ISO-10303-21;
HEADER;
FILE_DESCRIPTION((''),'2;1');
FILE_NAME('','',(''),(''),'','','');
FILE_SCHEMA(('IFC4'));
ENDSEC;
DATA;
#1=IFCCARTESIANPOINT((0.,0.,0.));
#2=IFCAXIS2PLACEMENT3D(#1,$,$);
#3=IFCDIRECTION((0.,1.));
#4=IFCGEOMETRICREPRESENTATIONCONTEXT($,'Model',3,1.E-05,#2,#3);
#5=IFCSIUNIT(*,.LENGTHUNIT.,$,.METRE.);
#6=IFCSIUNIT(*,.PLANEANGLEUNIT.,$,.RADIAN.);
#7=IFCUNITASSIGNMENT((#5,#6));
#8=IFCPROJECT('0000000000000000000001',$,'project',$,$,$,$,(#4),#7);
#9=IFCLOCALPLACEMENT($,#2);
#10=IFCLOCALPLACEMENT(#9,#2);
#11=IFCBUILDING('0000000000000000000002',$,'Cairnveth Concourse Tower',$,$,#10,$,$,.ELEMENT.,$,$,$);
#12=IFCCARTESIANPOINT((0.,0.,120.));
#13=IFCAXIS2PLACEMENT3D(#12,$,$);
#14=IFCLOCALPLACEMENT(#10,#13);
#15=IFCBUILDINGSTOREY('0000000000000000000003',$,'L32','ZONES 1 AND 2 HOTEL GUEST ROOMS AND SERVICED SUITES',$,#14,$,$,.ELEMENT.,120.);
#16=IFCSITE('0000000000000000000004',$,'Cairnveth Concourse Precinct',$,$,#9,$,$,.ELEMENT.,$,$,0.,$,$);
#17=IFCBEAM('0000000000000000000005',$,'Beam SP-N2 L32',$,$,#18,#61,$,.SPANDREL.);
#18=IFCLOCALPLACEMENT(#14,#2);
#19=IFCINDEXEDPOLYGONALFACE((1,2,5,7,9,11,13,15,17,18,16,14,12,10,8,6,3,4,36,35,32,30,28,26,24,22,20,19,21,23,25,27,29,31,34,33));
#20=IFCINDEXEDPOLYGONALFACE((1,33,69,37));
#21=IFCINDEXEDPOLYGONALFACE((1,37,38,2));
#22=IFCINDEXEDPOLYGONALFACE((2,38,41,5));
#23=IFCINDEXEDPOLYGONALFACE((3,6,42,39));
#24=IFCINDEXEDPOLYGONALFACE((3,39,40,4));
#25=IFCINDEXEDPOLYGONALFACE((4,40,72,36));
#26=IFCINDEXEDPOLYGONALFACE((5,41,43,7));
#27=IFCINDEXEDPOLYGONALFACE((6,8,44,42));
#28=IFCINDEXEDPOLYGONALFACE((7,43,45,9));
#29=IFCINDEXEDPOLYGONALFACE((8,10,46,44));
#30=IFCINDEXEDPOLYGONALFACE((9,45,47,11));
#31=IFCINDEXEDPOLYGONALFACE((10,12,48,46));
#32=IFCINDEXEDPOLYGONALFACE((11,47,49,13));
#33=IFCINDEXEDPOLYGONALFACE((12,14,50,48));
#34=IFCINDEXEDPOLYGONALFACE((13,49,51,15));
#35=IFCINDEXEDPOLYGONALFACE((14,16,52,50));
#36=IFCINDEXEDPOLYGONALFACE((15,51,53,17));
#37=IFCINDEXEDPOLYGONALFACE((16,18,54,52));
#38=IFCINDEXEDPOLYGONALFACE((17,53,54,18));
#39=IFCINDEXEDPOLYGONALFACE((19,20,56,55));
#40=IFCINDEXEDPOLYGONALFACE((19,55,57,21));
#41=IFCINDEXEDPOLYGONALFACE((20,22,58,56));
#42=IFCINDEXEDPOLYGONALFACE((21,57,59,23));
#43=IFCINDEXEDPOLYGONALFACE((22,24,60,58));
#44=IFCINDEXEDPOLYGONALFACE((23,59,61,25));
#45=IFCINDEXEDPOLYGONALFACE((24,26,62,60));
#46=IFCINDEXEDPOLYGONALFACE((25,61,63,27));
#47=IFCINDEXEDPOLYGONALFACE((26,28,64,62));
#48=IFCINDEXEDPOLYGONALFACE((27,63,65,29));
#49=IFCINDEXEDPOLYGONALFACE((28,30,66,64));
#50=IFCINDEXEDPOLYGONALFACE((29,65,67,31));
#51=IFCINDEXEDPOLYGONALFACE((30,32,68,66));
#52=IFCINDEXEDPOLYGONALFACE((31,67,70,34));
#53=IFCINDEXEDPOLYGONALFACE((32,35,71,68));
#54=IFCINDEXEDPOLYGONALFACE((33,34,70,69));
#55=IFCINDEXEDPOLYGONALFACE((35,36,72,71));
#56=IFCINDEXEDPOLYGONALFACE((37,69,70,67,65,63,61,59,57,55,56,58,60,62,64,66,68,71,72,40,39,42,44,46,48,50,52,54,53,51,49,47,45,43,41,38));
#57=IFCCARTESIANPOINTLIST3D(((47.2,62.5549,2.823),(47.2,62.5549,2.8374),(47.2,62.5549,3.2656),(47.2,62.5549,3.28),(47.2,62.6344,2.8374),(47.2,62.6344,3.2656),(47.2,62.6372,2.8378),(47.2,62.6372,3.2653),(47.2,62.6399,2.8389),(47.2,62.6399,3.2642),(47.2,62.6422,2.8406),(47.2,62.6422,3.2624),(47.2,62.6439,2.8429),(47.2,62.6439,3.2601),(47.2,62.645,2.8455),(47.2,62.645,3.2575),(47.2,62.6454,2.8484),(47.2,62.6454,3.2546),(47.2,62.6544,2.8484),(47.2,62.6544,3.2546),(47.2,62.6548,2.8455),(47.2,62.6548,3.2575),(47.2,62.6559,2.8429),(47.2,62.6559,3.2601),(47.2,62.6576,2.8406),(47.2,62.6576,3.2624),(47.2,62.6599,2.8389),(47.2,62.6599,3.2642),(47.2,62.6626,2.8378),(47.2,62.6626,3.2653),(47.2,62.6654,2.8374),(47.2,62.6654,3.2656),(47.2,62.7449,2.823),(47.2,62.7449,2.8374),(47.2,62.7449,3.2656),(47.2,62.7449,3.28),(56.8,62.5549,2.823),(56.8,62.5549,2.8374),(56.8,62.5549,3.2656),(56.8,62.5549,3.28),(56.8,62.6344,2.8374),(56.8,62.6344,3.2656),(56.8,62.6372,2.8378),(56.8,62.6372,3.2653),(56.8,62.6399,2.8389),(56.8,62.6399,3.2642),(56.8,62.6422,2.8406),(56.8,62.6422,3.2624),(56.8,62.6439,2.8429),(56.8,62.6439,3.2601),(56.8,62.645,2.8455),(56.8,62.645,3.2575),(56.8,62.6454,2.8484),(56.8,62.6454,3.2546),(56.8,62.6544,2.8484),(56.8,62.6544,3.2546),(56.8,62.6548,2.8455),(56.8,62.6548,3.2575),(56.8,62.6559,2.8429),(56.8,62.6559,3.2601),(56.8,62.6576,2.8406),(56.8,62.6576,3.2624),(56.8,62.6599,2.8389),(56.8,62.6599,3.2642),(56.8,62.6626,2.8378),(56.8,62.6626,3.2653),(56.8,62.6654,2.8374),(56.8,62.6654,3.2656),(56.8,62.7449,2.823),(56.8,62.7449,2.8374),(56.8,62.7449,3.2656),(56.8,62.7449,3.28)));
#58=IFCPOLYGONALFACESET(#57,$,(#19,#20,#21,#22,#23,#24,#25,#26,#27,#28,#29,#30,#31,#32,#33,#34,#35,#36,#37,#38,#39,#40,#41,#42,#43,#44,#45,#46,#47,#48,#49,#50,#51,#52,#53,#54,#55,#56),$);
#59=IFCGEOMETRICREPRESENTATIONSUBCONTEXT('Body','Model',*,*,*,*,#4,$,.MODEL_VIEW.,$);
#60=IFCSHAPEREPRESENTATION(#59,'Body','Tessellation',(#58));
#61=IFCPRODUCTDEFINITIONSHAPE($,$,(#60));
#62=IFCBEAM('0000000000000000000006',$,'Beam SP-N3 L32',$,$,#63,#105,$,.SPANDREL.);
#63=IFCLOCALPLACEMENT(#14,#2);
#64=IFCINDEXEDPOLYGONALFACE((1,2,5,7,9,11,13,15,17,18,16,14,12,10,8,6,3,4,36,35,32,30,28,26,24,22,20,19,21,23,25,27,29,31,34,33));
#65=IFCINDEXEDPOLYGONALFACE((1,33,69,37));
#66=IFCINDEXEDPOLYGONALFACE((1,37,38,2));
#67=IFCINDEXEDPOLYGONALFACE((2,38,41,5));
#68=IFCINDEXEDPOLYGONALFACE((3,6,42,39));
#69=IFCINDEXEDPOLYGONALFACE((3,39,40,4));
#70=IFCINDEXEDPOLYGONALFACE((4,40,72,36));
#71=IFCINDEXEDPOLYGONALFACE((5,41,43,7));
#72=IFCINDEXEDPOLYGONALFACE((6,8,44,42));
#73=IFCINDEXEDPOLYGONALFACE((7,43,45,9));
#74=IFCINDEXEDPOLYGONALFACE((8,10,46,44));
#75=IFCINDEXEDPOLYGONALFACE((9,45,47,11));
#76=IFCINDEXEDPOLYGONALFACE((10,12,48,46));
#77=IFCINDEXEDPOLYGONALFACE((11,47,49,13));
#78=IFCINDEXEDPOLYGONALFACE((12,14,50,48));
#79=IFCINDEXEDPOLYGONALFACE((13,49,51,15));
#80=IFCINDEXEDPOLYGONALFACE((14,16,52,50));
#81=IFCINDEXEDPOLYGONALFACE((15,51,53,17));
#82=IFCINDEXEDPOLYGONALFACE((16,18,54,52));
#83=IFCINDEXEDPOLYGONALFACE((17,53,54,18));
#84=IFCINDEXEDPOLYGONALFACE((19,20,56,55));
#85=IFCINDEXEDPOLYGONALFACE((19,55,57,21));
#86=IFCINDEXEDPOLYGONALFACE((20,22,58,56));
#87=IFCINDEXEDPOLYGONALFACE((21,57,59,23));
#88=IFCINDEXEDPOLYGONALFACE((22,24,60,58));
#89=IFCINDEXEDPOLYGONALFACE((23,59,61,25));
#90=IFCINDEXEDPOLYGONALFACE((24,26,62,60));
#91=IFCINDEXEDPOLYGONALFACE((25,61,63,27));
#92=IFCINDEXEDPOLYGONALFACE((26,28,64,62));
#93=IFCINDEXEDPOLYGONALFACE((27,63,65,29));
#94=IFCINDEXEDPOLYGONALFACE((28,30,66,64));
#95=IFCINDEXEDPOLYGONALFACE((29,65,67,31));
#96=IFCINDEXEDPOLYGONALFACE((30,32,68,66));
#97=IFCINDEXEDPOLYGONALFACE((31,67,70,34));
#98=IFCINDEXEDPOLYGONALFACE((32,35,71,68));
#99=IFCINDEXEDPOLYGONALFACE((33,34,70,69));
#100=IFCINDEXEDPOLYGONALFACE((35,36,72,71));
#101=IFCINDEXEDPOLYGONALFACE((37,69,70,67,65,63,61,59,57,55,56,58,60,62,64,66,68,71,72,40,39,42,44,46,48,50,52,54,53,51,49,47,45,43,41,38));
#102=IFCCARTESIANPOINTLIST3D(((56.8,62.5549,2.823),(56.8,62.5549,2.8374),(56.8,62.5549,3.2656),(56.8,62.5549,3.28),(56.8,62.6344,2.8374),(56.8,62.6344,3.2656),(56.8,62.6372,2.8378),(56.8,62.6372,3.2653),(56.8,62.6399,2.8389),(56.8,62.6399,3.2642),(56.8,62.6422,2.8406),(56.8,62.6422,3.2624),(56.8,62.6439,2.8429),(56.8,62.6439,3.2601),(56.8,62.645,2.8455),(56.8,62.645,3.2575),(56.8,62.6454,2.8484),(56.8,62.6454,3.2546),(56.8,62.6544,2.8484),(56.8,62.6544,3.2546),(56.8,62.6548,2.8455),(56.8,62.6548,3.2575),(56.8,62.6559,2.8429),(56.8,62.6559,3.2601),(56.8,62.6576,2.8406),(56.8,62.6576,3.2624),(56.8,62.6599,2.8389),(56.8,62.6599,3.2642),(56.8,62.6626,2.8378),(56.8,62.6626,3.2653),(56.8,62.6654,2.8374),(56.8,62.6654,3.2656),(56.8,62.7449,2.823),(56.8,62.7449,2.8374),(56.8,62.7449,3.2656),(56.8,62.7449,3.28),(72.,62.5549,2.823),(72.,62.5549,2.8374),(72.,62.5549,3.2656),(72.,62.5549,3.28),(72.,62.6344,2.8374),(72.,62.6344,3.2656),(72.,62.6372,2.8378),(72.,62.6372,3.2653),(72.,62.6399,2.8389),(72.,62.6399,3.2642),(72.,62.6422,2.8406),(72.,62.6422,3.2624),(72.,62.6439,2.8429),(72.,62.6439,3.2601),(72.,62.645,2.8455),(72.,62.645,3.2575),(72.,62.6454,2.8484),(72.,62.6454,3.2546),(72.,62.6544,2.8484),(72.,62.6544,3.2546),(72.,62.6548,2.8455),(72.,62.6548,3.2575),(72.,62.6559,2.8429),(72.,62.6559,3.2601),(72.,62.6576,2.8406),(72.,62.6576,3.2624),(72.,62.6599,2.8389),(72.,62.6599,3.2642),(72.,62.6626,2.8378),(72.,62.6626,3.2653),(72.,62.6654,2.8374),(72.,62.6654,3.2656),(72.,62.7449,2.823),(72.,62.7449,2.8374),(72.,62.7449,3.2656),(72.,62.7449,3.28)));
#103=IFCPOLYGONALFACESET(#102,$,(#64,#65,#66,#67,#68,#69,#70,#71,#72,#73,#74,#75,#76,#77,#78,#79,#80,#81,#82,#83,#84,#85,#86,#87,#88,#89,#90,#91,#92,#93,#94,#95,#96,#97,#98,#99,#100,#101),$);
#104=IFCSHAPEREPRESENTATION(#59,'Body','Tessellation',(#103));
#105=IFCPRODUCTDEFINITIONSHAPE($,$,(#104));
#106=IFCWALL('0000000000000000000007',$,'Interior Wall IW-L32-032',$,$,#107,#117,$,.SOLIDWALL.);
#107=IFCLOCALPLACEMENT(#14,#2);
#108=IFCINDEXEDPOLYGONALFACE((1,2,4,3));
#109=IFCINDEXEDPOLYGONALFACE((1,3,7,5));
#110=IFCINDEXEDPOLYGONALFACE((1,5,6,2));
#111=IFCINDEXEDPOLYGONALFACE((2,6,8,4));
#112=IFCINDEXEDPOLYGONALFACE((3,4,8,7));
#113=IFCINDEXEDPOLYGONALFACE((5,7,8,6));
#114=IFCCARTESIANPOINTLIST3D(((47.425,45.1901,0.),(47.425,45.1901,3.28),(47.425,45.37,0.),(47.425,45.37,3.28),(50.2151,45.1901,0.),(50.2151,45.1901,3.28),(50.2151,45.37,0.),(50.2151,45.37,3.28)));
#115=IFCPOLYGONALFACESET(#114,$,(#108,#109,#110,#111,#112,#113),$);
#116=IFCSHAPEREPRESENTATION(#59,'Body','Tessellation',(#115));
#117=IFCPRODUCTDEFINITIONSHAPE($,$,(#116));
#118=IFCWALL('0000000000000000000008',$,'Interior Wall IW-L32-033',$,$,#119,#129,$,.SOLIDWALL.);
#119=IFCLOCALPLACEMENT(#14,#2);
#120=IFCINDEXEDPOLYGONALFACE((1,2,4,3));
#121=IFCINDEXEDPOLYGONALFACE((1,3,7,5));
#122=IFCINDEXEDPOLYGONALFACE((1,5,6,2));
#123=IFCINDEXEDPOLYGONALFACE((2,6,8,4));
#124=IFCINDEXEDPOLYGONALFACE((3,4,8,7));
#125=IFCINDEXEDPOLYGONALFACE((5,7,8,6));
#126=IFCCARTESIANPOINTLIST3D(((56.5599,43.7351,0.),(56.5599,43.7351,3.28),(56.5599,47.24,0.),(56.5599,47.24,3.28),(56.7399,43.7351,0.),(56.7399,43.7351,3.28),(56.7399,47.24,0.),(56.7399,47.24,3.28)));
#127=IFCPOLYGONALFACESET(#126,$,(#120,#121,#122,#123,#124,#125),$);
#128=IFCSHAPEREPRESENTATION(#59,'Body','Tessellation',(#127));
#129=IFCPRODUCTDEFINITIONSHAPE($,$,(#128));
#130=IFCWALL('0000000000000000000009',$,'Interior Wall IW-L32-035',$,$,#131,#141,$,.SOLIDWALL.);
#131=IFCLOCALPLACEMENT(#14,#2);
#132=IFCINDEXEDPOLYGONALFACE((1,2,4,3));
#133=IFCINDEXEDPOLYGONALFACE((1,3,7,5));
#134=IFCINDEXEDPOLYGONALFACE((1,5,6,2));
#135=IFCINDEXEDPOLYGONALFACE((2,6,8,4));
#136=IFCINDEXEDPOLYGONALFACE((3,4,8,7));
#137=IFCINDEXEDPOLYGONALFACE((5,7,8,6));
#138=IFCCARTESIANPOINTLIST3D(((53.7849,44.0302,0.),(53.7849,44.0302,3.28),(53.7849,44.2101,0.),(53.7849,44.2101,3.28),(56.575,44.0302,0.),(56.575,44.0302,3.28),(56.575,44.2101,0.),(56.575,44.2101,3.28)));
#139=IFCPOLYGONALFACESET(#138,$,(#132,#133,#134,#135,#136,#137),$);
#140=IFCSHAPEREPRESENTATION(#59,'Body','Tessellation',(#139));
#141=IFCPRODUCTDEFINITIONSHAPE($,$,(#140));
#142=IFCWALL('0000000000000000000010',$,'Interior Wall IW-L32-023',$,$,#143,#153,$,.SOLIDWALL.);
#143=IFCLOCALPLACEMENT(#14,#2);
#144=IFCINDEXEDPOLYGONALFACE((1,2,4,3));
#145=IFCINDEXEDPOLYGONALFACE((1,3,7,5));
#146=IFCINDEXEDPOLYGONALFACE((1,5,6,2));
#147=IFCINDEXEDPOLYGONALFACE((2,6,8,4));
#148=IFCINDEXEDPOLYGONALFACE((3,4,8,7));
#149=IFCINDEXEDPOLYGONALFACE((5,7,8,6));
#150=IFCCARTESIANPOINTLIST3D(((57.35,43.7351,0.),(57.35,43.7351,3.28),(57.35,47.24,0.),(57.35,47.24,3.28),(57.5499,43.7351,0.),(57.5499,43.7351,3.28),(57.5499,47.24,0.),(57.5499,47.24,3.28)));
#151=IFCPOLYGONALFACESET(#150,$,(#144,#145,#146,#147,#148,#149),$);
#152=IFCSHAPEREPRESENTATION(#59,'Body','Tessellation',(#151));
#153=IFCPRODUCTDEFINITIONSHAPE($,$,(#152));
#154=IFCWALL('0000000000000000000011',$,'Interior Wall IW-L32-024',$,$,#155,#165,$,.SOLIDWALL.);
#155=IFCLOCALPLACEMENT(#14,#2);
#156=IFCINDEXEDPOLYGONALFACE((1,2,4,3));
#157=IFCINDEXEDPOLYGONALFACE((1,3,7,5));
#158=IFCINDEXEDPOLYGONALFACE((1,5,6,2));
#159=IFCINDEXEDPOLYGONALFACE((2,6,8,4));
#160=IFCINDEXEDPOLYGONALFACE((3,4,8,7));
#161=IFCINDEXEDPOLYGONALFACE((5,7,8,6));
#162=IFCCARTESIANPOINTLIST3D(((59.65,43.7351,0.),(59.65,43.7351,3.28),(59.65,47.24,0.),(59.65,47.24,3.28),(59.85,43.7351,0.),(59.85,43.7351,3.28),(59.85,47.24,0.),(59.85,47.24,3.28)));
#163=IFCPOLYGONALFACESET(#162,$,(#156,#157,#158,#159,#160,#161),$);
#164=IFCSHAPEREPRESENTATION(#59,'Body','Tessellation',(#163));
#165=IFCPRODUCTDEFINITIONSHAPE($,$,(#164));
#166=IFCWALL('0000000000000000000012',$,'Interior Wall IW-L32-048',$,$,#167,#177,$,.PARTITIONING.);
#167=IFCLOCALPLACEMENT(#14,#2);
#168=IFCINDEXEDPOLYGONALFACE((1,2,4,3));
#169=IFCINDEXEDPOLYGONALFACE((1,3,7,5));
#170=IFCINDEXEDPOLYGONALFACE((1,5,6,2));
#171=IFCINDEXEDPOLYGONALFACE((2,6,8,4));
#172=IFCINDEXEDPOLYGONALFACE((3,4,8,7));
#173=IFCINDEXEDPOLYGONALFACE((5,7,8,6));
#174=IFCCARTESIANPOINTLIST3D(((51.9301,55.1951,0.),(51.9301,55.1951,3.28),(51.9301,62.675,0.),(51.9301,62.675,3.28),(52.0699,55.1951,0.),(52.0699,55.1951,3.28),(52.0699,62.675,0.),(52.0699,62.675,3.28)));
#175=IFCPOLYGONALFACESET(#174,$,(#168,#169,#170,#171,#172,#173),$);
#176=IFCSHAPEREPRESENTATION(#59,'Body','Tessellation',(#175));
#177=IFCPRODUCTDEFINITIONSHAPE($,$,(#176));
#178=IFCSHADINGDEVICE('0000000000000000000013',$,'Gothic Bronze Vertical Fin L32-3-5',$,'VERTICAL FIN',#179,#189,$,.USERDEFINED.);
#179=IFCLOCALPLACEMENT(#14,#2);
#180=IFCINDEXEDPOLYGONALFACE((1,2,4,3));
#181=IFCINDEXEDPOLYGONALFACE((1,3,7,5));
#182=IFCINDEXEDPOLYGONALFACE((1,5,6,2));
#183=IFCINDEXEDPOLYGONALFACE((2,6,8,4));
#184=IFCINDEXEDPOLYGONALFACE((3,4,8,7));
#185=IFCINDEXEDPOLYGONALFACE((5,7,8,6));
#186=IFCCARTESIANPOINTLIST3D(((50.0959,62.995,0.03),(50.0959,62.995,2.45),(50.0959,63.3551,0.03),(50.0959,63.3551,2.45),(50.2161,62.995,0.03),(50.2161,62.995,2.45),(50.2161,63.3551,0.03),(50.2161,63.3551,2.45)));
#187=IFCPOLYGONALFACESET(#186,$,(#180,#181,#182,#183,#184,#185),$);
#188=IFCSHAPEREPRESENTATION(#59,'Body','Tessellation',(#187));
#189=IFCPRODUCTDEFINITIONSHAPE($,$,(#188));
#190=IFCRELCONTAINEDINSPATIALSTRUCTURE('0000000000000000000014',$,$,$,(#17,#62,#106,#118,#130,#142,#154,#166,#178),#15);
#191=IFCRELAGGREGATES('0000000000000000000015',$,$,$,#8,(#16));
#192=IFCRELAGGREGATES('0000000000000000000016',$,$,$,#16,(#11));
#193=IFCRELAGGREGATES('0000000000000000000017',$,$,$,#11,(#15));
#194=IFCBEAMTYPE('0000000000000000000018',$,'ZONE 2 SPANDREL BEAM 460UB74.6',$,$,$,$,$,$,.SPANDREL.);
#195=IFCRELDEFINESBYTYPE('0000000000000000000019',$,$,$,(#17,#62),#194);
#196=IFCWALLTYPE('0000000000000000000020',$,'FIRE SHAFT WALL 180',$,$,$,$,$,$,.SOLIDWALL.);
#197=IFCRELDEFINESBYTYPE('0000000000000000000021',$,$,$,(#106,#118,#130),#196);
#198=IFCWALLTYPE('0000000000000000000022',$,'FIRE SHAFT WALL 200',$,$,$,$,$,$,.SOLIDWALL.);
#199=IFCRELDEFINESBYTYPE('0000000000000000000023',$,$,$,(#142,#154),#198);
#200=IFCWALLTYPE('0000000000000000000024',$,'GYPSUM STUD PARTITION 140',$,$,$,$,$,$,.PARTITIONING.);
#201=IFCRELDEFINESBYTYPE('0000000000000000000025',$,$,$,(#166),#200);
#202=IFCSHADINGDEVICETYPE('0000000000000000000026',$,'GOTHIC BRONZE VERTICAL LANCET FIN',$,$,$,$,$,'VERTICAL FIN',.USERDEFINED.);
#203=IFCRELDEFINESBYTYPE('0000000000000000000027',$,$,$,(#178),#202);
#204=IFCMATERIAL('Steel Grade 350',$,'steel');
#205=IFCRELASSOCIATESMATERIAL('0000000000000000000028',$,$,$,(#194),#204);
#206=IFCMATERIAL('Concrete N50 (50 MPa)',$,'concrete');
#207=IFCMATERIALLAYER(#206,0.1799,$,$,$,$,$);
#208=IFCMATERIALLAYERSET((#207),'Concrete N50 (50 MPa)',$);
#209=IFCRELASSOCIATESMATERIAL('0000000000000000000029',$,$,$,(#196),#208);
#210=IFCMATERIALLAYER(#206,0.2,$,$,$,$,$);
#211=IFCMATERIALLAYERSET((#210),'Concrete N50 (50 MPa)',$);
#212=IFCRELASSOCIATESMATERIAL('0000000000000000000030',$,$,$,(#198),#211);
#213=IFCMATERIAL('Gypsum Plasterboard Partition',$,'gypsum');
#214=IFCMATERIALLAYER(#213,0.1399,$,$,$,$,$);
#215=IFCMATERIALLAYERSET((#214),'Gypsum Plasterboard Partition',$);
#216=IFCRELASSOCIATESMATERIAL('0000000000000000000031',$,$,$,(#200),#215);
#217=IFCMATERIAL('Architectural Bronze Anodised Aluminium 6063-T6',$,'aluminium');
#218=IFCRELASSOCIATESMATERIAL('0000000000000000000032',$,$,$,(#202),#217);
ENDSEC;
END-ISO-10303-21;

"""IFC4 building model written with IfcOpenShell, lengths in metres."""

from ifc_helpers import new_model, si_unit, direction, frame, frame_2d, origin, origin_2d, place, context, subcontext, project, spatial, rectangle, i_section, extrude, material, layer, layer_set, material_profile, profile_set, type_object, element, save


model = new_model("IFC4")

# Units and contexts
model_context = context("Model", 3, precision=1e-05, world=origin(), true_north=direction((0.0, 1.0)))
body_context = subcontext(model_context, "Body", "Model", "MODEL_VIEW")
ifc_project = project(units=[si_unit("LENGTHUNIT", "METRE"), si_unit("PLANEANGLEUNIT", "RADIAN")], contexts=[model_context])

# Site, building, storey
site_placement = place(None, origin())
site = spatial("IfcSite", under=ifc_project, at=site_placement, Name="Cairnveth Concourse Precinct", CompositionType="ELEMENT", RefElevation=0.0)
building_placement = place(site_placement, origin())
building = spatial("IfcBuilding", under=site, at=building_placement, Name="Cairnveth Concourse Tower", CompositionType="ELEMENT")
storey_placement = place(building_placement, frame((0.0, 0.0, 120.0)))
storey = spatial("IfcBuildingStorey", under=building, at=storey_placement, Name="L32", Description="ZONES 1 AND 2 HOTEL GUEST ROOMS AND SERVICED SUITES", CompositionType="ELEMENT", Elevation=120.0)

# Beams
ifc_material_1 = material(Name="Steel Grade 350", Category="steel")
ifc_material_profile_1 = material_profile(ifc_material_1, i_section(OverallWidth=0.1899, OverallDepth=0.457, WebThickness=0.009, FlangeThickness=0.0144, FilletRadius=0.011, at=origin_2d()), Name="460UB74.6")
ifc_profile_set_1 = profile_set([ifc_material_profile_1], Name="Steel Grade 350")
beam_type_1 = type_object("IfcBeamType", Name="ZONE 2 SPANDREL BEAM 460UB74.6", PredefinedType="SPANDREL", material=ifc_profile_set_1)
beam_1_placement = place(storey_placement, frame((47.2, 62.6499, 3.0515), z_axis=(1.0, 0.0, 0.0), x_axis=(0.0, 1.0, 0.0)))
element("IfcBeam", 1, at=beam_1_placement, inside=storey, type_object=beam_type_1, Name="Beam SP-N2 L32", PredefinedType="SPANDREL", context=body_context, shape_type="SweptSolid", body=[
    extrude(i_section(OverallWidth=0.1899, OverallDepth=0.457, WebThickness=0.009, FlangeThickness=0.0144, FilletRadius=0.011, at=origin_2d()), origin(), (0.0, 0.0, 1.0), 9.6001),
])
beam_2_placement = place(storey_placement, frame((56.8, 62.6499, 3.0515), z_axis=(1.0, 0.0, 0.0), x_axis=(0.0, 1.0, 0.0)))
element("IfcBeam", 2, at=beam_2_placement, inside=storey, type_object=beam_type_1, Name="Beam SP-N3 L32", PredefinedType="SPANDREL", context=body_context, shape_type="SweptSolid", body=[
    extrude(i_section(OverallWidth=0.1899, OverallDepth=0.457, WebThickness=0.009, FlangeThickness=0.0144, FilletRadius=0.011, at=origin_2d()), origin(), (0.0, 0.0, 1.0), 15.2),
])

# Walls
ifc_material_2 = material(Name="Concrete N50 (50 MPa)", Category="concrete")
ifc_layer_1 = layer(ifc_material_2, 0.1799)
ifc_layer_set_1 = layer_set([ifc_layer_1], Name="Concrete N50 (50 MPa)")
wall_type_1 = type_object("IfcWallType", Name="FIRE SHAFT WALL 180", PredefinedType="SOLIDWALL", material=ifc_layer_set_1)
wall_1_placement = place(storey_placement, frame((47.425, 45.28, 0.0), z_axis=(0.0, 0.0, 1.0), x_axis=(1.0, 0.0, 0.0)))
element("IfcWall", 3, at=wall_1_placement, inside=storey, type_object=wall_type_1, Name="Interior Wall IW-L32-032", PredefinedType="SOLIDWALL", context=body_context, shape_type="SweptSolid", body=[
    extrude(rectangle(XDim=2.79, YDim=0.1799, at=frame_2d((1.395, 0.0))), origin(), (0.0, 0.0, 1.0), 3.28),
])
wall_2_placement = place(storey_placement, frame((56.6499, 43.7351, 0.0), z_axis=(0.0, 0.0, 1.0), x_axis=(0.0, 1.0, 0.0)))
element("IfcWall", 4, at=wall_2_placement, inside=storey, type_object=wall_type_1, Name="Interior Wall IW-L32-033", PredefinedType="SOLIDWALL", context=body_context, shape_type="SweptSolid", body=[
    extrude(rectangle(XDim=3.5049, YDim=0.1799, at=frame_2d((1.7524, 0.0))), origin(), (0.0, 0.0, 1.0), 3.28),
])
wall_3_placement = place(storey_placement, frame((53.7849, 44.1201, 0.0), z_axis=(0.0, 0.0, 1.0), x_axis=(1.0, 0.0, 0.0)))
element("IfcWall", 5, at=wall_3_placement, inside=storey, type_object=wall_type_1, Name="Interior Wall IW-L32-035", PredefinedType="SOLIDWALL", context=body_context, shape_type="SweptSolid", body=[
    extrude(rectangle(XDim=2.79, YDim=0.1799, at=frame_2d((1.395, 0.0))), origin(), (0.0, 0.0, 1.0), 3.28),
])
ifc_layer_2 = layer(ifc_material_2, 0.2)
ifc_layer_set_2 = layer_set([ifc_layer_2], Name="Concrete N50 (50 MPa)")
wall_type_2 = type_object("IfcWallType", Name="FIRE SHAFT WALL 200", PredefinedType="SOLIDWALL", material=ifc_layer_set_2)
for number, where, z_axis, x_axis, name in (
    (6, (57.45, 43.7351, 0.0), (0.0, 0.0, 1.0), (0.0, 1.0, 0.0), "Interior Wall IW-L32-023"),
    (7, (59.75, 43.7351, 0.0), (0.0, 0.0, 1.0), (0.0, 1.0, 0.0), "Interior Wall IW-L32-024"),
):
    element("IfcWall", number, at=place(storey_placement, frame(where, z_axis=z_axis, x_axis=x_axis)), inside=storey, type_object=wall_type_2, Name=name, PredefinedType="SOLIDWALL", context=body_context, shape_type="SweptSolid", body=[
        extrude(rectangle(XDim=3.5049, YDim=0.2, at=frame_2d((1.7524, 0.0))), origin(), (0.0, 0.0, 1.0), 3.28),
    ])
ifc_material_3 = material(Name="Gypsum Plasterboard Partition", Category="gypsum")
ifc_layer_3 = layer(ifc_material_3, 0.1399)
ifc_layer_set_3 = layer_set([ifc_layer_3], Name="Gypsum Plasterboard Partition")
wall_type_3 = type_object("IfcWallType", Name="GYPSUM STUD PARTITION 140", PredefinedType="PARTITIONING", material=ifc_layer_set_3)
wall_4_placement = place(storey_placement, frame((52.0, 55.1951, 0.0), z_axis=(0.0, 0.0, 1.0), x_axis=(0.0, 1.0, 0.0)))
element("IfcWall", 8, at=wall_4_placement, inside=storey, type_object=wall_type_3, Name="Interior Wall IW-L32-048", PredefinedType="PARTITIONING", context=body_context, shape_type="SweptSolid", body=[
    extrude(rectangle(XDim=7.48, YDim=0.1399, at=frame_2d((3.74, 0.0))), origin(), (0.0, 0.0, 1.0), 3.28),
])

# Shading device
ifc_material_4 = material(Name="Architectural Bronze Anodised Aluminium 6063-T6", Category="aluminium")
shading_device_type = type_object("IfcShadingDeviceType", Name="GOTHIC BRONZE VERTICAL LANCET FIN", ElementType="VERTICAL FIN", PredefinedType="USERDEFINED", material=ifc_material_4)
for number, where, z_axis, x_axis, name in (
    (9, (50.156, 63.175, 0.03), (0.0, 0.0, 1.0), (1.0, 0.0, 0.0), "Gothic Bronze Vertical Fin L32-3-5"),
):
    element("IfcShadingDevice", number, at=place(storey_placement, frame(where, z_axis=z_axis, x_axis=x_axis)), inside=storey, type_object=shading_device_type, Name=name, ObjectType="VERTICAL FIN", PredefinedType="USERDEFINED", context=body_context, shape_type="SweptSolid", body=[
        extrude(rectangle(XDim=0.1201, YDim=0.3601, at=origin_2d()), origin(), (0.0, 0.0, 1.0), 2.4199),
    ])

save(model, "model.ifc")
